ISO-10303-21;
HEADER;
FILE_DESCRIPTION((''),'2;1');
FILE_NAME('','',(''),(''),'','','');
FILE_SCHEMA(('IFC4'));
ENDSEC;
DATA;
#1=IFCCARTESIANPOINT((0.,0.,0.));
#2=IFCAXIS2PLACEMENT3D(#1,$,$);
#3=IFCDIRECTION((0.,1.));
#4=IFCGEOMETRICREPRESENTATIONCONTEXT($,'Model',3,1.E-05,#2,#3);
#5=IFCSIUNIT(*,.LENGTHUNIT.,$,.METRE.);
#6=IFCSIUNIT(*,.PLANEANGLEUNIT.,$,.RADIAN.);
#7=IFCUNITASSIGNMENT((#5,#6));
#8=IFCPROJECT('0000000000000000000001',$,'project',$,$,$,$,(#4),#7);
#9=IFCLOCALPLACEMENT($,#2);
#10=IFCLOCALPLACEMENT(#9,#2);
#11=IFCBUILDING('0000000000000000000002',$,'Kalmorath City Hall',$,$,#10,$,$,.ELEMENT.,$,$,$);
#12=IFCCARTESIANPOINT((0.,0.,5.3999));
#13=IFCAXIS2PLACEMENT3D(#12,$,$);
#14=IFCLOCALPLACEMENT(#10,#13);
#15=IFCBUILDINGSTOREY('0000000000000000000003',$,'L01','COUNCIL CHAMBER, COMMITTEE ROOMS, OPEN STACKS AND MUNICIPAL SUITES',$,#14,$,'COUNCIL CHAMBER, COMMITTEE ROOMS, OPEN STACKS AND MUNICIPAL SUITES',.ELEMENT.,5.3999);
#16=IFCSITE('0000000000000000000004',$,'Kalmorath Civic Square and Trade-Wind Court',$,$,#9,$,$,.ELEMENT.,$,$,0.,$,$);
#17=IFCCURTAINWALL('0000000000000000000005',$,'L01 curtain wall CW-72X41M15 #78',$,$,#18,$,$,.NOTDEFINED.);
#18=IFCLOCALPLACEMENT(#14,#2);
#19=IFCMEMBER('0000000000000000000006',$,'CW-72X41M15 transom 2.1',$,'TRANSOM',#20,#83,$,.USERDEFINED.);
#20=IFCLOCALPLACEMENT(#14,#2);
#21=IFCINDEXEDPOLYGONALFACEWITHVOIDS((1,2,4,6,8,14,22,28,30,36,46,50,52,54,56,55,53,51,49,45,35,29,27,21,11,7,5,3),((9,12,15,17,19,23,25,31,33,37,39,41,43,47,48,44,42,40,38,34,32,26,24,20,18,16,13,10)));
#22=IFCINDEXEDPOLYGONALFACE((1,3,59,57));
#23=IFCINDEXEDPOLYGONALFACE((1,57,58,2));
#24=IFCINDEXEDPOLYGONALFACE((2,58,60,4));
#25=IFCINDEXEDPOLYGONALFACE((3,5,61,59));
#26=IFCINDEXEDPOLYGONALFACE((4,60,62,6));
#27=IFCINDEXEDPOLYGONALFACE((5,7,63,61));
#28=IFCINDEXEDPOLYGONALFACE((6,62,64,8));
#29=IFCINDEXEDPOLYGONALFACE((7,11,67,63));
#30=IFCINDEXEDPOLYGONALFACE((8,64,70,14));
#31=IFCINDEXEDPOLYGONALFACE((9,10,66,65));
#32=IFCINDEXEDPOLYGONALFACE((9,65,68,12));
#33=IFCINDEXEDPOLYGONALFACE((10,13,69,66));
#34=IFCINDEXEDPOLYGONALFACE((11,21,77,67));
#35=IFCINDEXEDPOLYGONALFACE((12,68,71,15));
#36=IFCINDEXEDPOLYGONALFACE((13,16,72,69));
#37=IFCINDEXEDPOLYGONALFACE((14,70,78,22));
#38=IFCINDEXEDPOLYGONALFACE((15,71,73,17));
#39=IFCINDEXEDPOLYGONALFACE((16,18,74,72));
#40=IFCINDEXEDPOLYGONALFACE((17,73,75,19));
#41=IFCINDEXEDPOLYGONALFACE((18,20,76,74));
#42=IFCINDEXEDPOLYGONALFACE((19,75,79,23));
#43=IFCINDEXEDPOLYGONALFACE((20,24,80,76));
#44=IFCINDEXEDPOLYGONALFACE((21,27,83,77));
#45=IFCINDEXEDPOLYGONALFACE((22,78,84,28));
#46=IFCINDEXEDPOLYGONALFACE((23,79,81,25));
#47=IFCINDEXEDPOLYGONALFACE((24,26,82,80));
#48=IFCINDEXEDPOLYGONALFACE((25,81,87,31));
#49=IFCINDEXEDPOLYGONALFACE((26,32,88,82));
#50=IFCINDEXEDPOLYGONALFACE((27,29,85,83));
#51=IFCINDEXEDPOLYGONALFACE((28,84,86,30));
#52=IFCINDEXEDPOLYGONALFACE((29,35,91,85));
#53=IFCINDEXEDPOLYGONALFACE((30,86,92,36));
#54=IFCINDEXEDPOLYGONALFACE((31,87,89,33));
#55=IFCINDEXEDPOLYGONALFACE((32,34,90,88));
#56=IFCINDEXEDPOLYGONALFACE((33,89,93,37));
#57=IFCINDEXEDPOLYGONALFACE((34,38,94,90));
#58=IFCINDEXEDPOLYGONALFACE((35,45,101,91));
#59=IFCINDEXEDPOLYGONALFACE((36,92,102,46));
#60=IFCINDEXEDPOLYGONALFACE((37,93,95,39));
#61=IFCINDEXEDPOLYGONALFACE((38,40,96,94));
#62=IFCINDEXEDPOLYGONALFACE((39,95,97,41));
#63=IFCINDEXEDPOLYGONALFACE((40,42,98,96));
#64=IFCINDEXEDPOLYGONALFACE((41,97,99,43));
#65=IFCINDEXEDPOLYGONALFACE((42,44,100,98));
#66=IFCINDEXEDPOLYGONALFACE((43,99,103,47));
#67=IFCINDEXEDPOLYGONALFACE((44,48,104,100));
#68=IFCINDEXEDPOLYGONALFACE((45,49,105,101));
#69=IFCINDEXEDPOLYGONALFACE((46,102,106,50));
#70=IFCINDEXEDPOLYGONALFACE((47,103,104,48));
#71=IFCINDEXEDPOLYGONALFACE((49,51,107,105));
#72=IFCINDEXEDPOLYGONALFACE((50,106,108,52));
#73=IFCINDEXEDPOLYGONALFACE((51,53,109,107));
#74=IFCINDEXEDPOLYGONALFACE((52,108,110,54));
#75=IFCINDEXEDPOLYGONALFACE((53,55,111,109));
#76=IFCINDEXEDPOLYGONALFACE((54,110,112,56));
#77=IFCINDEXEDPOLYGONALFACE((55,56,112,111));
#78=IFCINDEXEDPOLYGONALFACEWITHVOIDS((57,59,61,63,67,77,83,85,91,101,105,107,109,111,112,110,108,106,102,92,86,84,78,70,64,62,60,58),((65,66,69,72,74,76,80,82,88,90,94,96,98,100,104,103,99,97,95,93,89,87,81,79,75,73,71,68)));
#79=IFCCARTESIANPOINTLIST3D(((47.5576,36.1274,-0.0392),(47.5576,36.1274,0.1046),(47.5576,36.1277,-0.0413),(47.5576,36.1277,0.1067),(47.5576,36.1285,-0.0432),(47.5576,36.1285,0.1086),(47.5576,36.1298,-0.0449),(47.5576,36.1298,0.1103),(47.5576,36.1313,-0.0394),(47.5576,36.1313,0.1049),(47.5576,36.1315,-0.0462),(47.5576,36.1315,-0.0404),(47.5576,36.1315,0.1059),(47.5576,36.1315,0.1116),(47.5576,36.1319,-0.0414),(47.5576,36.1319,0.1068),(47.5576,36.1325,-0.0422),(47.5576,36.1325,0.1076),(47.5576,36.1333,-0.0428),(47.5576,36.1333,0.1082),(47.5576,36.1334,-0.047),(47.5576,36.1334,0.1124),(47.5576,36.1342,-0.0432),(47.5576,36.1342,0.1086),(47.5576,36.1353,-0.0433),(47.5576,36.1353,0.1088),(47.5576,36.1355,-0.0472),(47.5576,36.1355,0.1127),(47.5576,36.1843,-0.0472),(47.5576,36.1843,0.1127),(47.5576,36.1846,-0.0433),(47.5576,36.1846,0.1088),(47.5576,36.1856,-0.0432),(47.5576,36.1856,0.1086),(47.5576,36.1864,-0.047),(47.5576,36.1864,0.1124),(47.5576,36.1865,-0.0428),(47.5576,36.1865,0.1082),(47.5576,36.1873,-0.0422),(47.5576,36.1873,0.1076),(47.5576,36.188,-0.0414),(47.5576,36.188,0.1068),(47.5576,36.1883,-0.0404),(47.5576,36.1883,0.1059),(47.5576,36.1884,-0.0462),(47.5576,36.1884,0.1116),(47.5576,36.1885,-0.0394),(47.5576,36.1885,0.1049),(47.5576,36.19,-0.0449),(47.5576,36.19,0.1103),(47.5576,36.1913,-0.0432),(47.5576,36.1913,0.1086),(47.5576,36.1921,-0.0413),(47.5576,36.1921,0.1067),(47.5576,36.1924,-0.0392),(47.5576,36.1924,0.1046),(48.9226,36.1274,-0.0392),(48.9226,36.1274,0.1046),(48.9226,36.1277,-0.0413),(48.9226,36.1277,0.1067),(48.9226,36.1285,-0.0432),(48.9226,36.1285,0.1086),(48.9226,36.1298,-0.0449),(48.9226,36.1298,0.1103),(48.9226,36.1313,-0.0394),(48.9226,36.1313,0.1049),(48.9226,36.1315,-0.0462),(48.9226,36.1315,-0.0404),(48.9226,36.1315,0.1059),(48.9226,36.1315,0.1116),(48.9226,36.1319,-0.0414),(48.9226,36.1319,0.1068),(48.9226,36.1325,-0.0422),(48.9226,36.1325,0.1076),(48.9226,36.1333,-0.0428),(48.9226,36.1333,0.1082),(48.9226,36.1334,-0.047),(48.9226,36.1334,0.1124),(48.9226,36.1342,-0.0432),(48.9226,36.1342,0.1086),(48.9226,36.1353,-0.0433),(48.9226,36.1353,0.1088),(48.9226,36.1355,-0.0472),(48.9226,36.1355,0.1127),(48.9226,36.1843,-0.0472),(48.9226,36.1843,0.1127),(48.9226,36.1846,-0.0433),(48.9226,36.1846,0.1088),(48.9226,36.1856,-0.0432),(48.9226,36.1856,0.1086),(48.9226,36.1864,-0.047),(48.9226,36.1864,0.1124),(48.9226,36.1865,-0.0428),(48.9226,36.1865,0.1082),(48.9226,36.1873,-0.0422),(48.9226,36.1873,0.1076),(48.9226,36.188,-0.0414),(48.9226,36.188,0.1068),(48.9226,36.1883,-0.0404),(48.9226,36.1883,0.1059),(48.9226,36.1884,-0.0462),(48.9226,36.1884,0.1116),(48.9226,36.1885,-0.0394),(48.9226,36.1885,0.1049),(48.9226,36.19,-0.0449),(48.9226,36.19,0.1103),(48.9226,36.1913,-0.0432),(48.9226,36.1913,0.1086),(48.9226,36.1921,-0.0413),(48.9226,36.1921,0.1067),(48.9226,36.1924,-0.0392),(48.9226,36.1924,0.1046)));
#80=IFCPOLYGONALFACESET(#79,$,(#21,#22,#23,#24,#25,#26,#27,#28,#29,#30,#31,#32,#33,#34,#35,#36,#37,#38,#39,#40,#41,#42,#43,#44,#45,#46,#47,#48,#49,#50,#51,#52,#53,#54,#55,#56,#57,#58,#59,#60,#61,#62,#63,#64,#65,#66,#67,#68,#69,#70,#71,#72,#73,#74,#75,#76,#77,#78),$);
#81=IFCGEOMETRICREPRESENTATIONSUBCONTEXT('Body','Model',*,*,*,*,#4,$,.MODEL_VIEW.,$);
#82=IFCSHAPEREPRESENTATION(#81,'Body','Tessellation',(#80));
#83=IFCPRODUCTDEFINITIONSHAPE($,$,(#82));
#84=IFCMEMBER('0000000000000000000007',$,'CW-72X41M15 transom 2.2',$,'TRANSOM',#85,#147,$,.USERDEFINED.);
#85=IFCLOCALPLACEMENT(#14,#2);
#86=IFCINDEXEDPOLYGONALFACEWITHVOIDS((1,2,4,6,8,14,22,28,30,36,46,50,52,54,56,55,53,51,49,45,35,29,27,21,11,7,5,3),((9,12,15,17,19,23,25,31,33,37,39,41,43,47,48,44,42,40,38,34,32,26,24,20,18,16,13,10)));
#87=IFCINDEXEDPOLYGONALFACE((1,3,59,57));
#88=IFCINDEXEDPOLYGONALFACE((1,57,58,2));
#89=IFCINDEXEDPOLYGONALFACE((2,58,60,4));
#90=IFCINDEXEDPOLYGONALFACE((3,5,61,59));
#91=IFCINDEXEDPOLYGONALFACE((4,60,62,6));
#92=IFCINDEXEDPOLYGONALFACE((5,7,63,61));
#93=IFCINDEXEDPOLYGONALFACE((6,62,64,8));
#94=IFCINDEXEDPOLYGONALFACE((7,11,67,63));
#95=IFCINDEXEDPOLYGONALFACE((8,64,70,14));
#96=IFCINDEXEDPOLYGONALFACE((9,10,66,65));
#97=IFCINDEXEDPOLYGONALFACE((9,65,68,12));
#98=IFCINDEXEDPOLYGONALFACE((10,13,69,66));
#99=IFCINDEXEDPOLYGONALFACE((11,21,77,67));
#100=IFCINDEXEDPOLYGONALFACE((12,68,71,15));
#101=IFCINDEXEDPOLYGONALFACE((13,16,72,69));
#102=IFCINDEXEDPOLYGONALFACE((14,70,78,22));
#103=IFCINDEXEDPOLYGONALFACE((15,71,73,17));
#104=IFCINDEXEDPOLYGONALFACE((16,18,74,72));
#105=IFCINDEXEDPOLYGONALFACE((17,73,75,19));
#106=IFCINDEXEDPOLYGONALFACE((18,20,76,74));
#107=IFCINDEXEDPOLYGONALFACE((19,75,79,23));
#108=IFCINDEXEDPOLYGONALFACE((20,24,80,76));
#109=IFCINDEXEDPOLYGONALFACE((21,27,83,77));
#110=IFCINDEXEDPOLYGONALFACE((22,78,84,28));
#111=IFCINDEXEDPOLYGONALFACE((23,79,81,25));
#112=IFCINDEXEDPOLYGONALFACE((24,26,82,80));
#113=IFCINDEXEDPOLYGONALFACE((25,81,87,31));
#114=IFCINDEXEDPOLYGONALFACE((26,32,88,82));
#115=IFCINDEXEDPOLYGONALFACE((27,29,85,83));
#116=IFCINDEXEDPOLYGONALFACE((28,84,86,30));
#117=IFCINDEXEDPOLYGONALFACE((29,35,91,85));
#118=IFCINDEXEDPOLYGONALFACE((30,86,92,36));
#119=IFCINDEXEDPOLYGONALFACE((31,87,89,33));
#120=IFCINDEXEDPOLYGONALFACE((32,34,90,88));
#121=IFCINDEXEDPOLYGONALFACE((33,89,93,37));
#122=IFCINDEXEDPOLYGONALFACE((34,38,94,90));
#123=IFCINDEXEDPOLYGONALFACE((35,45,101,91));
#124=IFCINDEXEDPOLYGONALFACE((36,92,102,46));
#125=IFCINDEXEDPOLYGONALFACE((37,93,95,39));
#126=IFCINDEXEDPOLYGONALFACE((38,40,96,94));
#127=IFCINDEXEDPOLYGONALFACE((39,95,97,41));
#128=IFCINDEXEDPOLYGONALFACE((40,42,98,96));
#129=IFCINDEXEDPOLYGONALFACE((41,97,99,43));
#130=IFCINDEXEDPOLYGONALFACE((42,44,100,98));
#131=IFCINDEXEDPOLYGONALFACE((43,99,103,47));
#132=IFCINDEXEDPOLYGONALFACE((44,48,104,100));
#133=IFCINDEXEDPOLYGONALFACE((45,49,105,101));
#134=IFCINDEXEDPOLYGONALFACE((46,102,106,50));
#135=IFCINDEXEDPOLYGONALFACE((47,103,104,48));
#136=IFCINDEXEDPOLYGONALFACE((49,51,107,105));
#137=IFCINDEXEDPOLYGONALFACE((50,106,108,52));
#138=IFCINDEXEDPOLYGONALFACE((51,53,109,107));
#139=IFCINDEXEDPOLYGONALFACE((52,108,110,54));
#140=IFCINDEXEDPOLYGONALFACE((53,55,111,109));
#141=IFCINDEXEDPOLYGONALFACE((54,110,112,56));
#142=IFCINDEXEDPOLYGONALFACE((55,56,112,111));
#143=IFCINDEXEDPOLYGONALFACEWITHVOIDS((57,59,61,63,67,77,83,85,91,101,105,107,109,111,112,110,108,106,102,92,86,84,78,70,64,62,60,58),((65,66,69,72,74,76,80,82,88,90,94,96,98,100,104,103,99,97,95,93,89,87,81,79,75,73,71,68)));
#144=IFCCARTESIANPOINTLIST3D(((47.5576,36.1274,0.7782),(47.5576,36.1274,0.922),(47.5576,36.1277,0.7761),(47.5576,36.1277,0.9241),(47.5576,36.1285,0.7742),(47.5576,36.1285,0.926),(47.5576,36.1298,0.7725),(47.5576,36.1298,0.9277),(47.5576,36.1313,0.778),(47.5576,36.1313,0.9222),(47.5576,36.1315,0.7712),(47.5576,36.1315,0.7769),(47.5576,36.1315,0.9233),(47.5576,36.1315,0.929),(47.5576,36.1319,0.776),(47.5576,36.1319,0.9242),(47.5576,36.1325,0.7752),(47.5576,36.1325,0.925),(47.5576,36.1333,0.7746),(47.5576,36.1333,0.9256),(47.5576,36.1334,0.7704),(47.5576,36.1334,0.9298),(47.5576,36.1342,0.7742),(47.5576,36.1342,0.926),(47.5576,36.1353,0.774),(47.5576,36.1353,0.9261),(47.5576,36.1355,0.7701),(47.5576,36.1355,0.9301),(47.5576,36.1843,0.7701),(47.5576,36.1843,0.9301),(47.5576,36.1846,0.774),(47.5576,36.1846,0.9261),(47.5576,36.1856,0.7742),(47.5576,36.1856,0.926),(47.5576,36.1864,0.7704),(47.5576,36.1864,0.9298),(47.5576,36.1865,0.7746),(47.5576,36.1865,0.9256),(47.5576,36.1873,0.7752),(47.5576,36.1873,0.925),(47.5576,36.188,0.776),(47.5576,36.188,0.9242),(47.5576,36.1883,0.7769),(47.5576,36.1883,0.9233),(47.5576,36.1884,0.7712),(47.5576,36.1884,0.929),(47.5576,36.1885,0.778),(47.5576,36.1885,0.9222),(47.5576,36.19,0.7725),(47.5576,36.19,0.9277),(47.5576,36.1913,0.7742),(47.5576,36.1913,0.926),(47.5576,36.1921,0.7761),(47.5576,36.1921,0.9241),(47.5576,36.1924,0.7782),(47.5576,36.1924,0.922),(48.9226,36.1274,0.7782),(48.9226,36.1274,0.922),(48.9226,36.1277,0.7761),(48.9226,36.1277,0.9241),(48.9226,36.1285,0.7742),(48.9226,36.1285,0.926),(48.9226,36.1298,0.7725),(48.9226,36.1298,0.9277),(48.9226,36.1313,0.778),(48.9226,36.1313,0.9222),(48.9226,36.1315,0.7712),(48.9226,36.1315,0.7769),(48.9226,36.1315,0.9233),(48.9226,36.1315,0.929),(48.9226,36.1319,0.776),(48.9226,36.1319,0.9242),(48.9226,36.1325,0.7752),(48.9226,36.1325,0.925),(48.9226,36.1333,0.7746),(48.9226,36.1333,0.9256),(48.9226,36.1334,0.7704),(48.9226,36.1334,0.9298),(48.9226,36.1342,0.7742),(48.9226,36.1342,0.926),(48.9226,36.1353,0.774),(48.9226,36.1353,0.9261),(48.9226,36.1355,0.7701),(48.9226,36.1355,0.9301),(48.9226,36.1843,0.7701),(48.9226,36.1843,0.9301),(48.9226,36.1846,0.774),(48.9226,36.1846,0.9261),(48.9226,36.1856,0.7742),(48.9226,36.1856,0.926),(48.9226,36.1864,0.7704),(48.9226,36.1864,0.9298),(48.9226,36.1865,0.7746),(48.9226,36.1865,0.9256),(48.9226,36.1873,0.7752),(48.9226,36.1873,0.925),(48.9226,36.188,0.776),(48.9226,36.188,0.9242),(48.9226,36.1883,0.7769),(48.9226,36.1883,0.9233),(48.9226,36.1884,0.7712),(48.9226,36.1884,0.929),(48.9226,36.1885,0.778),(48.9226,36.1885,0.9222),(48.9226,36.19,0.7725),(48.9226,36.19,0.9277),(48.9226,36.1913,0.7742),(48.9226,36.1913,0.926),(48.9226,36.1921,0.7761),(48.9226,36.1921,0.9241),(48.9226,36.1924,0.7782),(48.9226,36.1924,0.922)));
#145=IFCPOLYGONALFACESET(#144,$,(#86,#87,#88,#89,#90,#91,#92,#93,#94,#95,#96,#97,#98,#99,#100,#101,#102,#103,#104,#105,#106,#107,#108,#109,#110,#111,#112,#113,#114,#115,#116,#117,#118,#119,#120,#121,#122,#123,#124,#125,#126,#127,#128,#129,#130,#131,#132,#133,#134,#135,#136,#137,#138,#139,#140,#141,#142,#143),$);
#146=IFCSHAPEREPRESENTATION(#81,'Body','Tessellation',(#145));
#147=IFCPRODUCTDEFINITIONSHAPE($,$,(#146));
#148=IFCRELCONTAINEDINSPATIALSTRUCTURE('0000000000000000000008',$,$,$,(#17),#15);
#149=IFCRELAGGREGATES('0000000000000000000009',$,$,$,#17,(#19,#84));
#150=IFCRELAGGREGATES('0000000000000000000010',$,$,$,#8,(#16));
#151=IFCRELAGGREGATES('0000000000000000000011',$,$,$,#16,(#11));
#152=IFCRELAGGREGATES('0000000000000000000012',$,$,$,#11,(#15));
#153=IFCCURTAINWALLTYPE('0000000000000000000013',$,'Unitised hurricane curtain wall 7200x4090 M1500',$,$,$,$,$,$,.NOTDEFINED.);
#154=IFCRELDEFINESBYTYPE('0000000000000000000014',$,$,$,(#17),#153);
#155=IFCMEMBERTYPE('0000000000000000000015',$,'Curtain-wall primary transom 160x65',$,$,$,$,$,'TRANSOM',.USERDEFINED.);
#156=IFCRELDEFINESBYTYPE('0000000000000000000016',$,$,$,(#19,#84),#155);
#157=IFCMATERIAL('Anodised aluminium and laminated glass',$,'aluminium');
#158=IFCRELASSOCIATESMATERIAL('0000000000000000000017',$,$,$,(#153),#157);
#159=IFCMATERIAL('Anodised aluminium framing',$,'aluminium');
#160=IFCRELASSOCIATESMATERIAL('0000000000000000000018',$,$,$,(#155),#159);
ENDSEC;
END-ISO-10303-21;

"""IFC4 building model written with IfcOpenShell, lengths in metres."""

from ifc_helpers import new_model, si_unit, direction, frame, origin, origin_2d, place, context, subcontext, project, spatial, hollow_rectangle, extrude, material, material_profile, profile_set, type_object, element, aggregate, save


model = new_model("IFC4")

# Units and contexts
model_context = context("Model", 3, precision=1e-05, world=origin(), true_north=direction((0.0, 1.0)))
body_context = subcontext(model_context, "Body", "Model", "MODEL_VIEW")
ifc_project = project(units=[si_unit("LENGTHUNIT", "METRE"), si_unit("PLANEANGLEUNIT", "RADIAN")], contexts=[model_context])

# Site, building, storey
site_placement = place(None, origin())
site = spatial("IfcSite", under=ifc_project, at=site_placement, Name="Kalmorath Civic Square and Trade-Wind Court", CompositionType="ELEMENT", RefElevation=0.0)
building_placement = place(site_placement, origin())
building = spatial("IfcBuilding", under=site, at=building_placement, Name="Kalmorath City Hall", CompositionType="ELEMENT")
storey_placement = place(building_placement, frame((0.0, 0.0, 5.3999)))
storey = spatial("IfcBuildingStorey", under=building, at=storey_placement, Name="L01", Description="COUNCIL CHAMBER, COMMITTEE ROOMS, OPEN STACKS AND MUNICIPAL SUITES", LongName="COUNCIL CHAMBER, COMMITTEE ROOMS, OPEN STACKS AND MUNICIPAL SUITES", CompositionType="ELEMENT", Elevation=5.3999)

# Curtain wall, members
ifc_material_1 = material(Name="Anodised aluminium and laminated glass", Category="aluminium")
curtain_wall_type_1 = type_object("IfcCurtainWallType", Name="Unitised hurricane curtain wall 7200x4090 M1500", PredefinedType="NOTDEFINED", material=ifc_material_1)
curtain_wall_1_placement = place(storey_placement, origin())
curtain_wall_1 = element("IfcCurtainWall", 1, at=curtain_wall_1_placement, inside=storey, type_object=curtain_wall_type_1, Name="L01 curtain wall CW-72X41M15 #78", PredefinedType="NOTDEFINED")
ifc_material_2 = material(Name="Anodised aluminium framing", Category="aluminium")
ifc_material_profile_1 = material_profile(ifc_material_2, hollow_rectangle(XDim=0.0649, YDim=0.1599, WallThickness=0.0039, InnerFilletRadius=0.0039, OuterFilletRadius=0.0081, at=origin_2d()), Name="ALU-TRN-160X65X4")
ifc_profile_set_1 = profile_set([ifc_material_profile_1], Name="Anodised aluminium framing")
member_type_1 = type_object("IfcMemberType", Name="Curtain-wall primary transom 160x65", ElementType="TRANSOM", PredefinedType="USERDEFINED", material=ifc_profile_set_1)
member_1_placement = place(storey_placement, frame((48.9226, 36.1599, 0.0327), z_axis=(-1.0, 0.0, 0.0), x_axis=(0.0, -1.0, 0.0)))
member_1 = element("IfcMember", 2, at=member_1_placement, type_object=member_type_1, Name="CW-72X41M15 transom 2.1", ObjectType="TRANSOM", PredefinedType="USERDEFINED", context=body_context, shape_type="SweptSolid", body=[
    extrude(hollow_rectangle(XDim=0.0649, YDim=0.1599, WallThickness=0.0039, InnerFilletRadius=0.0039, OuterFilletRadius=0.0081, at=origin_2d()), origin(), (0.0, 0.0, 1.0), 1.365),
])
member_2_placement = place(storey_placement, frame((48.9226, 36.1599, 0.8501), z_axis=(-1.0, 0.0, 0.0), x_axis=(0.0, -1.0, 0.0)))
member_2 = element("IfcMember", 3, at=member_2_placement, type_object=member_type_1, Name="CW-72X41M15 transom 2.2", ObjectType="TRANSOM", PredefinedType="USERDEFINED", context=body_context, shape_type="SweptSolid", body=[
    extrude(hollow_rectangle(XDim=0.0649, YDim=0.1599, WallThickness=0.0039, InnerFilletRadius=0.0039, OuterFilletRadius=0.0081, at=origin_2d()), origin(), (0.0, 0.0, 1.0), 1.365),
])

aggregate(curtain_wall_1, [member_1, member_2])

save(model, "model.ifc")
